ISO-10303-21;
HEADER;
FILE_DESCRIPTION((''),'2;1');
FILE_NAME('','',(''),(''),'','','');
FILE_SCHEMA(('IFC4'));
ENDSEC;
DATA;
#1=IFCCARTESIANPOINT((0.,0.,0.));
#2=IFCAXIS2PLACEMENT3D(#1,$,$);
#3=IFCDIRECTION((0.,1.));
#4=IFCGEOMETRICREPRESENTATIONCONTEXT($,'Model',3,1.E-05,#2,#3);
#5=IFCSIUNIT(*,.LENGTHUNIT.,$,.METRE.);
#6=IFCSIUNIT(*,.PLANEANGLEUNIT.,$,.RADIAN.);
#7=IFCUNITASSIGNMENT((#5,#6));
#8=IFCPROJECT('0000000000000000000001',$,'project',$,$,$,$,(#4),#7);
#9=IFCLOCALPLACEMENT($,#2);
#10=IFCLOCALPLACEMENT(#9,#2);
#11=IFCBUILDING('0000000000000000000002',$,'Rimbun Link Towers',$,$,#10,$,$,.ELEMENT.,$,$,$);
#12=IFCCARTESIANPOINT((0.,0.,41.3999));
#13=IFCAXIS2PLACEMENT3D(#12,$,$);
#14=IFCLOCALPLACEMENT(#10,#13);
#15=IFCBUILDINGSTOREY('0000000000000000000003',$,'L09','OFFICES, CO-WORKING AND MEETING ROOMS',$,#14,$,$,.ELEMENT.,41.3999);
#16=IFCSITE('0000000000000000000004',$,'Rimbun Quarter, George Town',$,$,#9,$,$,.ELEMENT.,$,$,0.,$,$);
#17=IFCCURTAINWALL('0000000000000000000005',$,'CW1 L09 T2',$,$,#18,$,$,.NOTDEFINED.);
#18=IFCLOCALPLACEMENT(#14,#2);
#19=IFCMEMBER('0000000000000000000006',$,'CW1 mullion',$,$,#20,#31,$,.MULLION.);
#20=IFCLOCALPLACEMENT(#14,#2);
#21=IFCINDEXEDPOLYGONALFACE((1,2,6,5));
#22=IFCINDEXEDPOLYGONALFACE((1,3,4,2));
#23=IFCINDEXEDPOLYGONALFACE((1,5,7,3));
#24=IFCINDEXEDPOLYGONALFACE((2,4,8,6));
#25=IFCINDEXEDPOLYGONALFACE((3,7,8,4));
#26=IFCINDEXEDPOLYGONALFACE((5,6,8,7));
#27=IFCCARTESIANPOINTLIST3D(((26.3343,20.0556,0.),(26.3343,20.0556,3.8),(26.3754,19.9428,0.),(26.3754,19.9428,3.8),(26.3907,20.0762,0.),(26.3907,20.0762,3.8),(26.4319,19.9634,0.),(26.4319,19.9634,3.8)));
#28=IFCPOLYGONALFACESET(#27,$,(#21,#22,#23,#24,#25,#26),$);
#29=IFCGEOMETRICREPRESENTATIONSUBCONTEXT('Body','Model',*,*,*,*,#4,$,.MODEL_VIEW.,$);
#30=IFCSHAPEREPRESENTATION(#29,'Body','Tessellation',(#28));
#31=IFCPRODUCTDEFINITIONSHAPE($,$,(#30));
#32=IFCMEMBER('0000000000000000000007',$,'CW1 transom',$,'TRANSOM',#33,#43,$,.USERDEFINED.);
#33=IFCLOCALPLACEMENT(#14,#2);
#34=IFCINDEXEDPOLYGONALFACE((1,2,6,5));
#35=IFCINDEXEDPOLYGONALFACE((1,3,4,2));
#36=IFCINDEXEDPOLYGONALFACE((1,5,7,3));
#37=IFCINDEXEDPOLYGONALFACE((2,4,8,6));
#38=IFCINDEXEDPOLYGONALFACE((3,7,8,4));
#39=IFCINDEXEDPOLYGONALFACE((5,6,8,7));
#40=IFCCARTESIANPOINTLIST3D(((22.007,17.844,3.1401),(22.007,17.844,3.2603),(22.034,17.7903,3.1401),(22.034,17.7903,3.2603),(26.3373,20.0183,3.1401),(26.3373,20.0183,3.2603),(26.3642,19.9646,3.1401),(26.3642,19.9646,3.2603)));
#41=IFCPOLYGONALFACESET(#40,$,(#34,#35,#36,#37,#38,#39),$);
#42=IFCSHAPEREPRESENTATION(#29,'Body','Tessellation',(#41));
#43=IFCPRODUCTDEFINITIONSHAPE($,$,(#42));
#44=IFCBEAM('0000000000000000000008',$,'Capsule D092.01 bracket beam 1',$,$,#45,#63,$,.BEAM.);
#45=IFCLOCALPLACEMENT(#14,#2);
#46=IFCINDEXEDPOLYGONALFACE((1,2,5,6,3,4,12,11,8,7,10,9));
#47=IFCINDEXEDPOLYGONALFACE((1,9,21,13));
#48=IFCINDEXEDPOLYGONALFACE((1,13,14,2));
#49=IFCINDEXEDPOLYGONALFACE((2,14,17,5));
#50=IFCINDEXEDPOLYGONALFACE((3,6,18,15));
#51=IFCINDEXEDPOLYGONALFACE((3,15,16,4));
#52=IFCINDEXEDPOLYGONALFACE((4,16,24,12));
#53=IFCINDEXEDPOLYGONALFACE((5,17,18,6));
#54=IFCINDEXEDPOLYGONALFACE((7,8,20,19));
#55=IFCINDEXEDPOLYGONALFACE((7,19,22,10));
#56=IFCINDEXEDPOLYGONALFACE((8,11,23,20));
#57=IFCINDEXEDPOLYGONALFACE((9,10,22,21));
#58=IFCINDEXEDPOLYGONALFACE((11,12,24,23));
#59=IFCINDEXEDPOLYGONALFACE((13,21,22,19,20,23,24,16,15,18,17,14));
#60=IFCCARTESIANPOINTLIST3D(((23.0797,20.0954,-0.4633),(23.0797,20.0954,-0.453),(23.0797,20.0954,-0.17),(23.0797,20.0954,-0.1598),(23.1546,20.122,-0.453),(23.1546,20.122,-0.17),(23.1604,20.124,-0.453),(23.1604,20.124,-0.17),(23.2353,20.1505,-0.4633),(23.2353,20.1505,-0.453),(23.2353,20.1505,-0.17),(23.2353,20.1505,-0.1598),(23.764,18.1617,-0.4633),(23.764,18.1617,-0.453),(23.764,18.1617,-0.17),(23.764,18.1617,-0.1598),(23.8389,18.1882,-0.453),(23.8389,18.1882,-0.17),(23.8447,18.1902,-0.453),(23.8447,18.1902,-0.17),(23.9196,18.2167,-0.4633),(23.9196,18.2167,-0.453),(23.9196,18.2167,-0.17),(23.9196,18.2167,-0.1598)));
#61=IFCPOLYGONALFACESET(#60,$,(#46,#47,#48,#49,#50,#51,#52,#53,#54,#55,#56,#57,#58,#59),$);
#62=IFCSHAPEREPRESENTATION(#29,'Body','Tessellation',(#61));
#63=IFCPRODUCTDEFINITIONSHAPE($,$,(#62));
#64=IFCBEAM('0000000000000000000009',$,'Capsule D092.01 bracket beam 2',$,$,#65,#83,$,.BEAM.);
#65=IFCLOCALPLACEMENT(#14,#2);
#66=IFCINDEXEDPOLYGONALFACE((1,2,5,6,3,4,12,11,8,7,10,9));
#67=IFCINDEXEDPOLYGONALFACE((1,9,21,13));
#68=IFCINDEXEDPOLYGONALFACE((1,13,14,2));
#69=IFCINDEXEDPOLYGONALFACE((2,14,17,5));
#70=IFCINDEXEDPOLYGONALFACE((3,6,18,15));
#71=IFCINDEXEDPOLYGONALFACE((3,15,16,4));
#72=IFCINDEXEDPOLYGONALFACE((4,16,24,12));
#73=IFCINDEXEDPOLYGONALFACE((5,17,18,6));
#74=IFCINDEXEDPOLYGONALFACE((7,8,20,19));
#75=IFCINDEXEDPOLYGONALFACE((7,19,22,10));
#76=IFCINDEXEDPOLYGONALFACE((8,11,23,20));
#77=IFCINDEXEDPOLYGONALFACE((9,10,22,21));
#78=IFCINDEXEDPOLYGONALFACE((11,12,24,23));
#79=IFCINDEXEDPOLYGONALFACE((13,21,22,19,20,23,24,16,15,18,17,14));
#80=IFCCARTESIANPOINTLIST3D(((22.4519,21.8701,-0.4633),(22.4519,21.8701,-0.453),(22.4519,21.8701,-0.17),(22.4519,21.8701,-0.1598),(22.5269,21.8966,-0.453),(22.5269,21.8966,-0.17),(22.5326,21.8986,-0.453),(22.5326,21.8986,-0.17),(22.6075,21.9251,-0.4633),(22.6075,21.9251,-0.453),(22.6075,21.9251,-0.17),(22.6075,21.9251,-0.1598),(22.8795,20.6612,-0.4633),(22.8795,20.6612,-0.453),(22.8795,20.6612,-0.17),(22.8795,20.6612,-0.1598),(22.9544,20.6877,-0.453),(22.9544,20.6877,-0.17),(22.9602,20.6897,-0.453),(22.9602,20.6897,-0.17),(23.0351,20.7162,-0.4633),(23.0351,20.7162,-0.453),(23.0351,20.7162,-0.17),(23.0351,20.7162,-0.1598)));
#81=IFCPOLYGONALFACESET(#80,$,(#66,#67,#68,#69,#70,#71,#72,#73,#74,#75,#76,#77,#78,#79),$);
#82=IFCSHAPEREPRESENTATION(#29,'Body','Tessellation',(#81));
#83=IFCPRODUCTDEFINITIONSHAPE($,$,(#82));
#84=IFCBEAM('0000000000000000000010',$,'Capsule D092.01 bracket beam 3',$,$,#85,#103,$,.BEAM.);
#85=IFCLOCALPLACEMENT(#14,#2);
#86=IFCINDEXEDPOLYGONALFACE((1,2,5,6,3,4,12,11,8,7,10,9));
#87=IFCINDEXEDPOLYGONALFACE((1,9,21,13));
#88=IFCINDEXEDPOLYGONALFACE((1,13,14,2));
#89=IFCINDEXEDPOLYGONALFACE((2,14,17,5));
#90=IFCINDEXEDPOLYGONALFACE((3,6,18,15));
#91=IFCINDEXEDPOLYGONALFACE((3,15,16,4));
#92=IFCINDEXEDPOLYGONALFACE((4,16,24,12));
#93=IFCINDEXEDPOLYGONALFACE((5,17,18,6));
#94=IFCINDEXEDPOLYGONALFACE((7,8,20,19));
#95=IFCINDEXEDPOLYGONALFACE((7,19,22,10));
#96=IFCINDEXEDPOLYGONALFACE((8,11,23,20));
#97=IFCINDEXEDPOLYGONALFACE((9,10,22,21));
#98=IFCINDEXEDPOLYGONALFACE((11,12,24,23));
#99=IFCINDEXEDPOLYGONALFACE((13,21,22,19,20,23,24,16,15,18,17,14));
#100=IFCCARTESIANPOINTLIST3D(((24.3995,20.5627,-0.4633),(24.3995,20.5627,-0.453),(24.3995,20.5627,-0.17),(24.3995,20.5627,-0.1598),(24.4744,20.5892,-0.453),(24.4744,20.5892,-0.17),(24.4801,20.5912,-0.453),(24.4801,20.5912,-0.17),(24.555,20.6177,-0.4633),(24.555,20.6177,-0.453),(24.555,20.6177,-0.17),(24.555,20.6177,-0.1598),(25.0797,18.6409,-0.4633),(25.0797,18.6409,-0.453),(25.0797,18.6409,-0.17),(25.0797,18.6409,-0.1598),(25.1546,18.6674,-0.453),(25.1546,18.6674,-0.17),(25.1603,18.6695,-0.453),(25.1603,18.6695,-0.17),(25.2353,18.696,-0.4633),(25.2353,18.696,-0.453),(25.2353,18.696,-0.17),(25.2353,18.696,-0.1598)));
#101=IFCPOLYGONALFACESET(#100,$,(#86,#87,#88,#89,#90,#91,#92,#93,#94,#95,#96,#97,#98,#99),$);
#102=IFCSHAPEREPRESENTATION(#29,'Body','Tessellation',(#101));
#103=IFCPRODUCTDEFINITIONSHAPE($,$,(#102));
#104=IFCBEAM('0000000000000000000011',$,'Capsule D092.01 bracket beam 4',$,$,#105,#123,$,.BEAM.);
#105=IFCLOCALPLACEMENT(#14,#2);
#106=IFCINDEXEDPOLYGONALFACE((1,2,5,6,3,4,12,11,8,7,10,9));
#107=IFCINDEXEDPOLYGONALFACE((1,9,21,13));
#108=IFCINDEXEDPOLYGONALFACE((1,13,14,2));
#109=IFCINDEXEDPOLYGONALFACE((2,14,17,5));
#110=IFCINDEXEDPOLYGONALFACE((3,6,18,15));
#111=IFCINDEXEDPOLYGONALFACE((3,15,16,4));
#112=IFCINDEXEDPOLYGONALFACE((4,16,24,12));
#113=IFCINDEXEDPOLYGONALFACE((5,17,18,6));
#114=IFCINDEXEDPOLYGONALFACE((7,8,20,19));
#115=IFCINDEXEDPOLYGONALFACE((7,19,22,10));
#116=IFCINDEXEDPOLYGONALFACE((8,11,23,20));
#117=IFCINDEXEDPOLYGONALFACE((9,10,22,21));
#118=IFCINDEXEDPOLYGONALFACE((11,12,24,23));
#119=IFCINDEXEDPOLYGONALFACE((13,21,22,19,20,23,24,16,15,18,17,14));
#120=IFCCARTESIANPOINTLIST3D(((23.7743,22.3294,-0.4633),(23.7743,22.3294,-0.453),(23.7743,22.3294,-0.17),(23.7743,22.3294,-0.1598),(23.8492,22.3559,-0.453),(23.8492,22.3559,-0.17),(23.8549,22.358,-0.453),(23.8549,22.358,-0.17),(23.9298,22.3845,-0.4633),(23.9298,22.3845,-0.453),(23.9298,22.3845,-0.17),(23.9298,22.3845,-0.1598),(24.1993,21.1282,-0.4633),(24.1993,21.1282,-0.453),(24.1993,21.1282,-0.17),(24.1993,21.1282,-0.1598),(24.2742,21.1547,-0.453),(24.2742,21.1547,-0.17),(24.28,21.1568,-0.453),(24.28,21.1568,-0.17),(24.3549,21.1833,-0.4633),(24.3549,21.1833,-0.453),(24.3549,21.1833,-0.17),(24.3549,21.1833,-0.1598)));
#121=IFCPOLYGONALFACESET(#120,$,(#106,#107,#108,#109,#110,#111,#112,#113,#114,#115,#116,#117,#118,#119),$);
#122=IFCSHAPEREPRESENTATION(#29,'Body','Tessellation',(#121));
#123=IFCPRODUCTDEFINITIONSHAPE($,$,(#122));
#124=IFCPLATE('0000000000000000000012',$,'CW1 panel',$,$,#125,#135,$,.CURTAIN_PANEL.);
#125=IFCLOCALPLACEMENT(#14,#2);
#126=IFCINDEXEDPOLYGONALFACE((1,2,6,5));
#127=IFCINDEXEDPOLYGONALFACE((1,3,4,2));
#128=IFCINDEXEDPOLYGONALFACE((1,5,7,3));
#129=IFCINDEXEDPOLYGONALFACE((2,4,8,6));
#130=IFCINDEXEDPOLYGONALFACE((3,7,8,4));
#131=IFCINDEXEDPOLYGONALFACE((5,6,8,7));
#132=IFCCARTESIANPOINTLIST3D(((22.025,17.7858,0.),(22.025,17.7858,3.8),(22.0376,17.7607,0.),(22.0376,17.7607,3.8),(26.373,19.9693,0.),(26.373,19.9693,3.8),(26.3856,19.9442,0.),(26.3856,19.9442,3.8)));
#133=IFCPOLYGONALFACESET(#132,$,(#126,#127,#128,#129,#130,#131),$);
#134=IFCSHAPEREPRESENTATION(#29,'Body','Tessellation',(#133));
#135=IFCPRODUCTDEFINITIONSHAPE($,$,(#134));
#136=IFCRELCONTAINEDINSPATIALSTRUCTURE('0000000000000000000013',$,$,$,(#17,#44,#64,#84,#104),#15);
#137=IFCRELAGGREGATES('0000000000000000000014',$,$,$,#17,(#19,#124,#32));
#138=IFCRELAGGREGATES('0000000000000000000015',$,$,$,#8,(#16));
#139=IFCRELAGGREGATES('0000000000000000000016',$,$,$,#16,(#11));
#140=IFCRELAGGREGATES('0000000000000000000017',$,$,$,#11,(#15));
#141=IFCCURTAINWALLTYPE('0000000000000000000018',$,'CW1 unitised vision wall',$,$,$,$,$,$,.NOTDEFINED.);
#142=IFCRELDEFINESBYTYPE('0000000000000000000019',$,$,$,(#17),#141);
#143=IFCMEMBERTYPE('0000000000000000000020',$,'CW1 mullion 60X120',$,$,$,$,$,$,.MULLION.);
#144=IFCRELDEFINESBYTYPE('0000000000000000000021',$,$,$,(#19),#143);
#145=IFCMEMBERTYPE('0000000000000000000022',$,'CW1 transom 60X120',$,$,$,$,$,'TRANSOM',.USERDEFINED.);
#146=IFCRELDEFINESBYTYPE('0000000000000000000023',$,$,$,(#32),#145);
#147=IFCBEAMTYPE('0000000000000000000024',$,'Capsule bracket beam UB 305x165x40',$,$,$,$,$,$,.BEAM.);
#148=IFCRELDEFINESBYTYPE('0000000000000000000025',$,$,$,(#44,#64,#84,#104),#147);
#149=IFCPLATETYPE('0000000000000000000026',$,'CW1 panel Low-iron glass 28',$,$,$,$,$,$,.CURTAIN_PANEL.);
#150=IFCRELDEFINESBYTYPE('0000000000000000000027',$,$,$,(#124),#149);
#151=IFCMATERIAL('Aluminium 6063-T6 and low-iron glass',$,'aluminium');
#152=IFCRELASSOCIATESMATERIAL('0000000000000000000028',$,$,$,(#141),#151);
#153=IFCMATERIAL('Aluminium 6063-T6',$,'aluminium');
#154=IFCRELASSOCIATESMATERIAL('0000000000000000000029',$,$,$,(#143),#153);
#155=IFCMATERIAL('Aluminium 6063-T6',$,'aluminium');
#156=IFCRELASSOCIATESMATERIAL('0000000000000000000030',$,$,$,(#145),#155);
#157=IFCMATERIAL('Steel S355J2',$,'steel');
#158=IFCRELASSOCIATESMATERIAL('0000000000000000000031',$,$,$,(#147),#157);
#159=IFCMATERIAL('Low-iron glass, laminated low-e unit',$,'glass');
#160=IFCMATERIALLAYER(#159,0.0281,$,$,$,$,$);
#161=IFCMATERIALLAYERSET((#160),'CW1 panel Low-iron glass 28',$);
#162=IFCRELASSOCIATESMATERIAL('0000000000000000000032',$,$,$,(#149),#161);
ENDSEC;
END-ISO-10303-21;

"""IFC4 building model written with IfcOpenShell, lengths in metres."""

from ifc_helpers import new_model, si_unit, direction, frame, origin, origin_2d, place, context, subcontext, project, spatial, rectangle, i_section, extrude, material, layer, layer_set, material_profile, profile_set, type_object, element, aggregate, save


model = new_model("IFC4")

# Units and contexts
model_context = context("Model", 3, precision=1e-05, world=origin(), true_north=direction((0.0, 1.0)))
body_context = subcontext(model_context, "Body", "Model", "MODEL_VIEW")
ifc_project = project(units=[si_unit("LENGTHUNIT", "METRE"), si_unit("PLANEANGLEUNIT", "RADIAN")], contexts=[model_context])

# Site, building, storey
site_placement = place(None, origin())
site = spatial("IfcSite", under=ifc_project, at=site_placement, Name="Rimbun Quarter, George Town", CompositionType="ELEMENT", RefElevation=0.0)
building_placement = place(site_placement, origin())
building = spatial("IfcBuilding", under=site, at=building_placement, Name="Rimbun Link Towers", CompositionType="ELEMENT")
storey_placement = place(building_placement, frame((0.0, 0.0, 41.3999)))
storey = spatial("IfcBuildingStorey", under=building, at=storey_placement, Name="L09", Description="OFFICES, CO-WORKING AND MEETING ROOMS", CompositionType="ELEMENT", Elevation=41.3999)

# Curtain wall, members
ifc_material_1 = material(Name="Aluminium 6063-T6 and low-iron glass", Category="aluminium")
curtain_wall_type = type_object("IfcCurtainWallType", Name="CW1 unitised vision wall", PredefinedType="NOTDEFINED", material=ifc_material_1)
curtain_wall_placement = place(storey_placement, origin())
curtain_wall = element("IfcCurtainWall", 1, at=curtain_wall_placement, inside=storey, type_object=curtain_wall_type, Name="CW1 L09 T2", PredefinedType="NOTDEFINED")
ifc_material_2 = material(Name="Aluminium 6063-T6", Category="aluminium")
ifc_material_profile_1 = material_profile(ifc_material_2, rectangle(XDim=0.1201, YDim=0.0601, at=origin_2d()), Name="MULLION 60X120")
ifc_profile_set_1 = profile_set([ifc_material_profile_1], Name="Aluminium 6063-T6")
member_type_1 = type_object("IfcMemberType", Name="CW1 mullion 60X120", PredefinedType="MULLION", material=ifc_profile_set_1)
member_1_placement = place(storey_placement, frame((26.3831, 20.0095, 0.0), z_axis=(0.0, 0.0, 1.0), x_axis=(-0.342966, 0.939348, 0.0)))
member_1 = element("IfcMember", 2, at=member_1_placement, type_object=member_type_1, Name="CW1 mullion", PredefinedType="MULLION", context=body_context, shape_type="SweptSolid", body=[
    extrude(rectangle(XDim=0.1201, YDim=0.0601, at=origin_2d()), origin(), (0.0, 0.0, 1.0), 3.8),
])
ifc_material_3 = material(Name="Aluminium 6063-T6", Category="aluminium")
ifc_material_profile_2 = material_profile(ifc_material_3, rectangle(XDim=0.0601, YDim=0.1201, at=origin_2d()), Name="TRANSOM 60X120")
ifc_profile_set_2 = profile_set([ifc_material_profile_2], Name="Aluminium 6063-T6")
member_type_2 = type_object("IfcMemberType", Name="CW1 transom 60X120", ElementType="TRANSOM", PredefinedType="USERDEFINED", material=ifc_profile_set_2)
member_2_placement = place(storey_placement, frame((22.0205, 17.8171, 3.2002), z_axis=(0.89367, 0.448724, 0.0), x_axis=(-0.448724, 0.89367, 0.0)))
member_2 = element("IfcMember", 3, at=member_2_placement, type_object=member_type_2, Name="CW1 transom", ObjectType="TRANSOM", PredefinedType="USERDEFINED", context=body_context, shape_type="SweptSolid", body=[
    extrude(rectangle(XDim=0.0601, YDim=0.1201, at=origin_2d()), origin(), (0.0, 0.0, 1.0), 4.8455),
])

# Beams
ifc_material_4 = material(Name="Steel S355J2", Category="steel")
ifc_material_profile_3 = material_profile(ifc_material_4, i_section(OverallWidth=0.165, OverallDepth=0.3035, WebThickness=0.0061, FlangeThickness=0.0103, at=origin_2d()), Name="UB 305x165x40")
ifc_profile_set_3 = profile_set([ifc_material_profile_3], Name="Steel S355J2")
beam_type = type_object("IfcBeamType", Name="Capsule bracket beam UB 305x165x40", PredefinedType="BEAM", material=ifc_profile_set_3)
beam_1_placement = place(storey_placement, frame((23.8418, 18.1892, -0.3115), z_axis=(-0.333598, 0.942715, 0.0), x_axis=(-0.942715, -0.333598, 0.0)))
element("IfcBeam", 4, at=beam_1_placement, inside=storey, type_object=beam_type, Name="Capsule D092.01 bracket beam 1", PredefinedType="BEAM", context=body_context, shape_type="SweptSolid", body=[
    extrude(i_section(OverallWidth=0.165, OverallDepth=0.3035, WebThickness=0.0061, FlangeThickness=0.0103, at=origin_2d()), origin(), (0.0, 0.0, 1.0), 2.0513),
])
beam_2_placement = place(storey_placement, frame((22.9573, 20.6887, -0.3115), z_axis=(-0.333428, 0.942776, 0.0), x_axis=(-0.942776, -0.333428, 0.0)))
element("IfcBeam", 5, at=beam_2_placement, inside=storey, type_object=beam_type, Name="Capsule D092.01 bracket beam 2", PredefinedType="BEAM", context=body_context, shape_type="SweptSolid", body=[
    extrude(i_section(OverallWidth=0.165, OverallDepth=0.3035, WebThickness=0.0061, FlangeThickness=0.0103, at=origin_2d()), origin(), (0.0, 0.0, 1.0), 1.2822),
])
beam_3_placement = place(storey_placement, frame((25.1575, 18.6685, -0.3115), z_axis=(-0.333672, 0.942689, 0.0), x_axis=(-0.942689, -0.333672, 0.0)))
element("IfcBeam", 6, at=beam_3_placement, inside=storey, type_object=beam_type, Name="Capsule D092.01 bracket beam 3", PredefinedType="BEAM", context=body_context, shape_type="SweptSolid", body=[
    extrude(i_section(OverallWidth=0.165, OverallDepth=0.3035, WebThickness=0.0061, FlangeThickness=0.0103, at=origin_2d()), origin(), (0.0, 0.0, 1.0), 2.0386),
])
beam_4_placement = place(storey_placement, frame((24.2771, 21.1558, -0.3115), z_axis=(-0.333592, 0.942718, 0.0), x_axis=(-0.942718, -0.333592, 0.0)))
element("IfcBeam", 7, at=beam_4_placement, inside=storey, type_object=beam_type, Name="Capsule D092.01 bracket beam 4", PredefinedType="BEAM", context=body_context, shape_type="SweptSolid", body=[
    extrude(i_section(OverallWidth=0.165, OverallDepth=0.3035, WebThickness=0.0061, FlangeThickness=0.0103, at=origin_2d()), origin(), (0.0, 0.0, 1.0), 1.2742),
])

# Plate
ifc_material_5 = material(Name="Low-iron glass, laminated low-e unit", Category="glass")
ifc_layer_1 = layer(ifc_material_5, 0.0281)
ifc_layer_set_1 = layer_set([ifc_layer_1], Name="CW1 panel Low-iron glass 28")
plate_type = type_object("IfcPlateType", Name="CW1 panel Low-iron glass 28", PredefinedType="CURTAIN_PANEL", material=ifc_layer_set_1)
plate_placement = place(storey_placement, frame((24.2053, 18.865, 0.0), z_axis=(0.0, 0.0, 1.0), x_axis=(0.893649, 0.448766, 0.0)))
plate = element("IfcPlate", 8, at=plate_placement, type_object=plate_type, Name="CW1 panel", PredefinedType="CURTAIN_PANEL", context=body_context, shape_type="SweptSolid", body=[
    extrude(rectangle(XDim=4.8655, YDim=0.0281, at=origin_2d()), origin(), (0.0, 0.0, 1.0), 3.8),
])
aggregate(curtain_wall, [member_1, plate, member_2])

save(model, "model.ifc")
